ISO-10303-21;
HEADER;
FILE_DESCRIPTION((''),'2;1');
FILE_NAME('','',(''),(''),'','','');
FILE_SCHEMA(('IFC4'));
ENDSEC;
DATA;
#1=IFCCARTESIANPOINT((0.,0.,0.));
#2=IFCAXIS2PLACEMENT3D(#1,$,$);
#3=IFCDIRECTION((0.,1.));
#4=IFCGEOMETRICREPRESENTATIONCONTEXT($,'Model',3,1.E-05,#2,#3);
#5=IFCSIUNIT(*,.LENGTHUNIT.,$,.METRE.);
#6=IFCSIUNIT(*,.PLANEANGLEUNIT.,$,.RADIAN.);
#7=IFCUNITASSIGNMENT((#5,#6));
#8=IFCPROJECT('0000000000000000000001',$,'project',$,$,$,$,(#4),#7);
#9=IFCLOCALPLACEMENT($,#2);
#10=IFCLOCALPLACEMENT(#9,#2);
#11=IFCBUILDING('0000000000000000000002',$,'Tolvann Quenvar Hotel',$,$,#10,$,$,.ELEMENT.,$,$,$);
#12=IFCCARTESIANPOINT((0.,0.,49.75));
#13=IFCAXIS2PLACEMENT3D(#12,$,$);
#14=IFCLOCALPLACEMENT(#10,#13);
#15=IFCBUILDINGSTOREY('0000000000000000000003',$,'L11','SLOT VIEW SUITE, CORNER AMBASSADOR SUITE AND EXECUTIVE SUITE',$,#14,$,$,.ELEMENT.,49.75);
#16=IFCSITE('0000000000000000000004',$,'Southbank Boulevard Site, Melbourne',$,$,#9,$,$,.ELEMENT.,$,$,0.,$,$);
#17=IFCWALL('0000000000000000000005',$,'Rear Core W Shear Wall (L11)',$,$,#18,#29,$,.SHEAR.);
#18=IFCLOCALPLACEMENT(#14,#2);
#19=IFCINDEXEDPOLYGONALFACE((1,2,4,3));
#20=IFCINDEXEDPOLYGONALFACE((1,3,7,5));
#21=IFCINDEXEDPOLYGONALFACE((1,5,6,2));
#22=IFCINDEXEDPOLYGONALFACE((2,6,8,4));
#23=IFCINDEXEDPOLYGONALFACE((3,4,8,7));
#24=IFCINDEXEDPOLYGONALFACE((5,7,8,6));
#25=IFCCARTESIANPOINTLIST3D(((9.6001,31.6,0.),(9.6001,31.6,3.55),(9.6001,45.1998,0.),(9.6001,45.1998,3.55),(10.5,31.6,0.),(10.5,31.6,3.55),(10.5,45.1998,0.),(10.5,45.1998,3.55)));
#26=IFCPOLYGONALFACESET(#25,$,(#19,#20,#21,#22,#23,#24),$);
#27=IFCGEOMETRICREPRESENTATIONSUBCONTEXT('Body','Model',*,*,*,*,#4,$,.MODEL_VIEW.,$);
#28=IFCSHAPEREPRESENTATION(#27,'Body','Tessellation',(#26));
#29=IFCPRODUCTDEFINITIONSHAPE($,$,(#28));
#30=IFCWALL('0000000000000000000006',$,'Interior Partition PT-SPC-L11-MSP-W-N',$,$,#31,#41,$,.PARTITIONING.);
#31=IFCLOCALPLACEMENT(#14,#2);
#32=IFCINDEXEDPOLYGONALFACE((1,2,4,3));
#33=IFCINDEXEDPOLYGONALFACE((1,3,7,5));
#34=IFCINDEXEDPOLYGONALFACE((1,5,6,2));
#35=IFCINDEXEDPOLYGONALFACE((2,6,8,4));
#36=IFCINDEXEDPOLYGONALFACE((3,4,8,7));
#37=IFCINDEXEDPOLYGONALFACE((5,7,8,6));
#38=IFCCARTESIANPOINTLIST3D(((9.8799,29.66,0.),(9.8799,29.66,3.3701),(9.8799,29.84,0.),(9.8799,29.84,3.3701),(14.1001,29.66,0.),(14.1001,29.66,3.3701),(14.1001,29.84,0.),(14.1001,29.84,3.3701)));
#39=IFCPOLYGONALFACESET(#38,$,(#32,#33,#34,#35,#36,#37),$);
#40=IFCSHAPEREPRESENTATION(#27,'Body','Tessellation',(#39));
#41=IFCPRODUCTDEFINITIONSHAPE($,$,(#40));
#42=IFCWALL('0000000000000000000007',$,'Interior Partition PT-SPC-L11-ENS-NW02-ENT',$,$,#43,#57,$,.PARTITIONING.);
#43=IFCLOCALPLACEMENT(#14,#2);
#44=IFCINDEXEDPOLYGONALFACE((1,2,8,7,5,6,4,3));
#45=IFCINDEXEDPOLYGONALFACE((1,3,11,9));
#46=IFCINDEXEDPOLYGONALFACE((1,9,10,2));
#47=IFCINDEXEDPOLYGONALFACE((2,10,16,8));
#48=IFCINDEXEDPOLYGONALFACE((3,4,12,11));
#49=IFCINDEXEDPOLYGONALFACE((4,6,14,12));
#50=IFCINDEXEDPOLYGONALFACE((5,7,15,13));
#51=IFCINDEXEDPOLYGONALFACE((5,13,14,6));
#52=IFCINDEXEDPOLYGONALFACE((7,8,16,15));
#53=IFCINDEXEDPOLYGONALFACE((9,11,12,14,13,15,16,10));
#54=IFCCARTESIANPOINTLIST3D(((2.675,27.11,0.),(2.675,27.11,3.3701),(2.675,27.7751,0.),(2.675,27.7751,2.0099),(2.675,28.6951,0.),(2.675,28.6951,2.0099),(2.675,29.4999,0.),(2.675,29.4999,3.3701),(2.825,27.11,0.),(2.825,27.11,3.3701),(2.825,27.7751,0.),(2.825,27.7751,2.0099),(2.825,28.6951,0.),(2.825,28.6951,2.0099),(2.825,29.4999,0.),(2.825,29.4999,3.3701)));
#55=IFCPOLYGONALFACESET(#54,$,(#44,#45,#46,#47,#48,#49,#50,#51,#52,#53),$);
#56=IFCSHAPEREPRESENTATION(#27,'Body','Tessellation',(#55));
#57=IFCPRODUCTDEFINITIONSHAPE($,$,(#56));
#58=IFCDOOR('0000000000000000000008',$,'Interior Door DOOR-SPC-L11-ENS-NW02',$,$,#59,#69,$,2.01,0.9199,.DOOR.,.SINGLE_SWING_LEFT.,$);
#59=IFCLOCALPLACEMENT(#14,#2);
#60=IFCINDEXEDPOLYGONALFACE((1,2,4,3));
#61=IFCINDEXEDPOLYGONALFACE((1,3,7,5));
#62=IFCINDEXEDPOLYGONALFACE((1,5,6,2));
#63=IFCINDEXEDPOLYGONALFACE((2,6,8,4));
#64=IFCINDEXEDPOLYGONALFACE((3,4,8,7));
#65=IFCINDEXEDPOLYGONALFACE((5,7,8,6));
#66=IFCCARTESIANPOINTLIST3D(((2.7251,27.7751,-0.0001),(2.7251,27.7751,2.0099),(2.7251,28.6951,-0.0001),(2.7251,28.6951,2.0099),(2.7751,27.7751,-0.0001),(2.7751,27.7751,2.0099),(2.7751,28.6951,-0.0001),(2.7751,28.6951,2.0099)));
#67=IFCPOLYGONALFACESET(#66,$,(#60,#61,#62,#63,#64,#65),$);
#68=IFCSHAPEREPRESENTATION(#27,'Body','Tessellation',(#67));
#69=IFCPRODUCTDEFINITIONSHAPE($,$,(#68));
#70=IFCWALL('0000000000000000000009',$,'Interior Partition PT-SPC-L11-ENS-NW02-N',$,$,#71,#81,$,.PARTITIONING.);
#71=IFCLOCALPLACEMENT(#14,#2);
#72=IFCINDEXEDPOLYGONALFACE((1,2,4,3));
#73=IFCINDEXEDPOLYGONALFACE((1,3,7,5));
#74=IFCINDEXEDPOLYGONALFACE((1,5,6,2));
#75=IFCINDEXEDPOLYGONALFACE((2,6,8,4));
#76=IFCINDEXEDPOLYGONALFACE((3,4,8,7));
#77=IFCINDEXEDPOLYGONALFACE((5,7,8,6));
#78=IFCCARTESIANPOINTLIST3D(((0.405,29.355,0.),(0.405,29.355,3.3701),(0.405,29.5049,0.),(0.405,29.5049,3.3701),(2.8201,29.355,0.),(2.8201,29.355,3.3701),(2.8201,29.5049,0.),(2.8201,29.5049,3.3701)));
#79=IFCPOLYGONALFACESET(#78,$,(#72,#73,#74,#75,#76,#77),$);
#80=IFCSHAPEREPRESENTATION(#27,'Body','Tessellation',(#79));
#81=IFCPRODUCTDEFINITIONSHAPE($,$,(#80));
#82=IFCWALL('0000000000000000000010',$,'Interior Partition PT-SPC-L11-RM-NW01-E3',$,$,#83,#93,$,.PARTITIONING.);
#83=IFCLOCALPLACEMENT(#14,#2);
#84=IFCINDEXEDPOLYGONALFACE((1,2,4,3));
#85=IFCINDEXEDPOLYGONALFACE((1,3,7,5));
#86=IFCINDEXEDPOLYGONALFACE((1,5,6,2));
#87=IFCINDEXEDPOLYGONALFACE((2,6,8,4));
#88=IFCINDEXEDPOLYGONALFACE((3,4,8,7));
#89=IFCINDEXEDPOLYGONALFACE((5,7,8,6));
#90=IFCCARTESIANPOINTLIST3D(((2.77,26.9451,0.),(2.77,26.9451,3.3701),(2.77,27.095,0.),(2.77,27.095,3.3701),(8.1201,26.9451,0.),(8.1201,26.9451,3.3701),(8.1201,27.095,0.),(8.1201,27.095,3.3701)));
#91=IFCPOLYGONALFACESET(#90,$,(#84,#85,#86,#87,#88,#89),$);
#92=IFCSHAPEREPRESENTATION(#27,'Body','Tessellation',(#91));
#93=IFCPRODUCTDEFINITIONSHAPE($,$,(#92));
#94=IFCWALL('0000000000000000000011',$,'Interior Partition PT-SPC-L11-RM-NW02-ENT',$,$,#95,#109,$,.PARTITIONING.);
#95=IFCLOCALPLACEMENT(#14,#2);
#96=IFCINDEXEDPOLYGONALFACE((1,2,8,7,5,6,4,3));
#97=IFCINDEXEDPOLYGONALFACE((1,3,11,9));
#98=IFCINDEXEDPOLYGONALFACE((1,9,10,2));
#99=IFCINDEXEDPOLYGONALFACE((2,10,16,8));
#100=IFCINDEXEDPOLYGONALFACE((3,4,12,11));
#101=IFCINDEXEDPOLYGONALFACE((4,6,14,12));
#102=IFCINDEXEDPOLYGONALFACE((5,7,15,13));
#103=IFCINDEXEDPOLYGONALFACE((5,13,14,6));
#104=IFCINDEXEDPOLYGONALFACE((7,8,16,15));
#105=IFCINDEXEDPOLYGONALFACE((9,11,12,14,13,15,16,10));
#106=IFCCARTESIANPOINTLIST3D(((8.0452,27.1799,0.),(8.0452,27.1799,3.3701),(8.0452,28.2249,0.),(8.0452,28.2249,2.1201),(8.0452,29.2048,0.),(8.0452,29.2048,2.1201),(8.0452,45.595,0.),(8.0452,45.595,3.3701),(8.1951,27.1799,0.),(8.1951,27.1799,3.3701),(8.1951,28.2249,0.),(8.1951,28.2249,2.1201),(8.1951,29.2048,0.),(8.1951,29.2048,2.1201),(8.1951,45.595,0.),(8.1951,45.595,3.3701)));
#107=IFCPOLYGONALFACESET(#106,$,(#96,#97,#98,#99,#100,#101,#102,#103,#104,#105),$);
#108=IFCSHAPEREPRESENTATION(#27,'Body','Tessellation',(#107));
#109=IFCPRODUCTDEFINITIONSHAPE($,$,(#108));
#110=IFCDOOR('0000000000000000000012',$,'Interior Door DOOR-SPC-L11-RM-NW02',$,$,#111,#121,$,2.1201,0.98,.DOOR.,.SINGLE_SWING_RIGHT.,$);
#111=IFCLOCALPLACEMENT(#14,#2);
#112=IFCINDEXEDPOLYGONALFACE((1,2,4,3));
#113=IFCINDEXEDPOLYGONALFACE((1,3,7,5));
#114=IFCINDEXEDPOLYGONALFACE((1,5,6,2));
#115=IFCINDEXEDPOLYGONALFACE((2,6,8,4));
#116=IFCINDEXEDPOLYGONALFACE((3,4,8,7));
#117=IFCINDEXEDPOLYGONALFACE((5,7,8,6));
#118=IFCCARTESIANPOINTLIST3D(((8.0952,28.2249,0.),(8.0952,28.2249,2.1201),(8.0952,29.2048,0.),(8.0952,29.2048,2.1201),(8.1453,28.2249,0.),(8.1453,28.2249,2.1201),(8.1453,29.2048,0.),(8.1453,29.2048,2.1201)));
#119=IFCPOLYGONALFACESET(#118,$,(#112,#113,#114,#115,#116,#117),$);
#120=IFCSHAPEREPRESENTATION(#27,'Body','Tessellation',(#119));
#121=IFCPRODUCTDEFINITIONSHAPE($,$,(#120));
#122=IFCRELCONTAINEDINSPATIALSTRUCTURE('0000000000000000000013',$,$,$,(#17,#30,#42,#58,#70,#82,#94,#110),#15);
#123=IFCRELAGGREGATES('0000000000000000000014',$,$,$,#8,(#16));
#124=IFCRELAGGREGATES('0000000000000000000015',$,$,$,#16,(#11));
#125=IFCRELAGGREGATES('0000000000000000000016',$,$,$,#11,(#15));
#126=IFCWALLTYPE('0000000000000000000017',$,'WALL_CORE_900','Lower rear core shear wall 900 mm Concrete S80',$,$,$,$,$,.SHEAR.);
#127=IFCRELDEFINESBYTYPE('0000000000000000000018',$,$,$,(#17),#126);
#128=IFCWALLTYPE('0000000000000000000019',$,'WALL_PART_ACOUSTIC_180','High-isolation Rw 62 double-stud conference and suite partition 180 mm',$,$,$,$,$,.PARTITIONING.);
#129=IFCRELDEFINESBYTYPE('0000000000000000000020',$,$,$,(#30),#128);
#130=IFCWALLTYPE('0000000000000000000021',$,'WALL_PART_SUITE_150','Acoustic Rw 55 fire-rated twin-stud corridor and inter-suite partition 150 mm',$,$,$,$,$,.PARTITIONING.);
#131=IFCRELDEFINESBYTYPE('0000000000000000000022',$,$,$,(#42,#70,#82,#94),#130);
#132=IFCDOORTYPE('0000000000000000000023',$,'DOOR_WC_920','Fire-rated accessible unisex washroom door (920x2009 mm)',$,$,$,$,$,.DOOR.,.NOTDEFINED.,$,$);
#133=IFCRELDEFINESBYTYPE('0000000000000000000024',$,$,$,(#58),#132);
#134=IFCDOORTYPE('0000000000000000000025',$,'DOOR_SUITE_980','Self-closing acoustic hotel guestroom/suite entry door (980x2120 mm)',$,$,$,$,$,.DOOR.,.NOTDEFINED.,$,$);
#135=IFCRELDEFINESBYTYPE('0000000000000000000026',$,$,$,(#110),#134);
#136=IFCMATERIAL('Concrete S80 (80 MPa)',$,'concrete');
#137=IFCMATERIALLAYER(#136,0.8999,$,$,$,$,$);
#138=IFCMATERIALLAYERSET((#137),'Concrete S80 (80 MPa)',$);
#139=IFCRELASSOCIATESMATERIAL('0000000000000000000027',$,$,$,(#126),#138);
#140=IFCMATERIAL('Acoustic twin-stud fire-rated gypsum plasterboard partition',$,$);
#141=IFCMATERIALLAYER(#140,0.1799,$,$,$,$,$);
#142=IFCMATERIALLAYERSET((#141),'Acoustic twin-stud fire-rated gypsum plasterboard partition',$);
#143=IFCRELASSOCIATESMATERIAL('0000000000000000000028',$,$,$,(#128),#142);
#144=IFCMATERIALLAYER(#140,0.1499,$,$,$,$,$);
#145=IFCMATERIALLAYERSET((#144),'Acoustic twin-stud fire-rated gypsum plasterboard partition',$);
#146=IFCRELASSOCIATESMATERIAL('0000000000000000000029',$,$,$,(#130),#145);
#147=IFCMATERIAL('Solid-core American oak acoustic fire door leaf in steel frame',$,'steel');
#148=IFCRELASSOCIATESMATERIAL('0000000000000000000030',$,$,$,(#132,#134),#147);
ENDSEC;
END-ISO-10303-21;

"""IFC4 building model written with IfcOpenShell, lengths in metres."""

from ifc_helpers import new_model, si_unit, direction, frame, frame_2d, origin, place, context, subcontext, project, spatial, rectangle, extrude, source, transform, mapped, material, layer, layer_set, type_object, type_shapes, element, fill, save


model = new_model("IFC4")

# Units and contexts
model_context = context("Model", 3, precision=1e-05, world=origin(), true_north=direction((0.0, 1.0)))
body_context = subcontext(model_context, "Body", "Model", "MODEL_VIEW")
ifc_project = project(units=[si_unit("LENGTHUNIT", "METRE"), si_unit("PLANEANGLEUNIT", "RADIAN")], contexts=[model_context])

# Site, building, storey
site_placement = place(None, origin())
site = spatial("IfcSite", under=ifc_project, at=site_placement, Name="Southbank Boulevard Site, Melbourne", CompositionType="ELEMENT", RefElevation=0.0)
building_placement = place(site_placement, origin())
building = spatial("IfcBuilding", under=site, at=building_placement, Name="Tolvann Quenvar Hotel", CompositionType="ELEMENT")
storey_placement = place(building_placement, frame((0.0, 0.0, 49.75)))
storey = spatial("IfcBuildingStorey", under=building, at=storey_placement, Name="L11", Description="SLOT VIEW SUITE, CORNER AMBASSADOR SUITE AND EXECUTIVE SUITE", CompositionType="ELEMENT", Elevation=49.75)

# Shared definitions
ifc_material_1 = material(Name="Concrete S80 (80 MPa)", Category="concrete")
ifc_layer_1 = layer(ifc_material_1, 0.8999)
ifc_layer_set_1 = layer_set([ifc_layer_1], Name="Concrete S80 (80 MPa)")
wall_type_1 = type_object("IfcWallType", Name="WALL_CORE_900", Description="Lower rear core shear wall 900 mm Concrete S80", PredefinedType="SHEAR", material=ifc_layer_set_1)
ifc_material_2 = material(Name="Solid-core American oak acoustic fire door leaf in steel frame", Category="steel")

# Walls
wall_1_placement = place(storey_placement, frame((10.05, 31.6001, 0.0), z_axis=(0.0, 0.0, 1.0), x_axis=(0.0, 1.0, 0.0)))
element("IfcWall", 1, at=wall_1_placement, inside=storey, type_object=wall_type_1, Name="Rear Core W Shear Wall (L11)", PredefinedType="SHEAR", context=body_context, shape_type="SweptSolid", body=[
    extrude(rectangle(XDim=13.5999, YDim=0.8999, at=frame_2d((6.7998, 0.0))), origin(), (0.0, 0.0, 1.0), 3.55),
])
ifc_material_3 = material(Name="Acoustic twin-stud fire-rated gypsum plasterboard partition")
ifc_layer_2 = layer(ifc_material_3, 0.1799)
ifc_layer_set_2 = layer_set([ifc_layer_2], Name="Acoustic twin-stud fire-rated gypsum plasterboard partition")
wall_type_2 = type_object("IfcWallType", Name="WALL_PART_ACOUSTIC_180", Description="High-isolation Rw 62 double-stud conference and suite partition 180 mm", PredefinedType="PARTITIONING", material=ifc_layer_set_2)
wall_2_placement = place(storey_placement, frame((9.8799, 29.75, 0.0), z_axis=(0.0, 0.0, 1.0), x_axis=(1.0, 0.0, 0.0)))
element("IfcWall", 2, at=wall_2_placement, inside=storey, type_object=wall_type_2, Name="Interior Partition PT-SPC-L11-MSP-W-N", PredefinedType="PARTITIONING", context=body_context, shape_type="SweptSolid", body=[
    extrude(rectangle(XDim=4.2202, YDim=0.1799, at=frame_2d((2.1101, 0.0))), origin(), (0.0, 0.0, 1.0), 3.3701),
])

# Wall, opening, door
ifc_layer_3 = layer(ifc_material_3, 0.1499)
ifc_layer_set_3 = layer_set([ifc_layer_3], Name="Acoustic twin-stud fire-rated gypsum plasterboard partition")
wall_type_3 = type_object("IfcWallType", Name="WALL_PART_SUITE_150", Description="Acoustic Rw 55 fire-rated twin-stud corridor and inter-suite partition 150 mm", PredefinedType="PARTITIONING", material=ifc_layer_set_3)
wall_3_placement = place(storey_placement, frame((2.75, 27.1101, 0.0), z_axis=(0.0, 0.0, 1.0), x_axis=(0.0, 1.0, 0.0)))
wall_3 = element("IfcWall", 3, at=wall_3_placement, inside=storey, type_object=wall_type_3, Name="Interior Partition PT-SPC-L11-ENS-NW02-ENT", PredefinedType="PARTITIONING", context=body_context, shape_type="SweptSolid", body=[
    extrude(rectangle(XDim=2.3899, YDim=0.1499, at=frame_2d((1.1948, 0.0))), origin(), (0.0, 0.0, 1.0), 3.3701),
])
opening_1_placement = place(wall_3_placement, frame((0.665, 0.0, 0.0)))
opening_1 = element("IfcOpeningElement", 4, at=opening_1_placement, cuts=wall_3, PredefinedType="OPENING", context=body_context, shape_type="SweptSolid", body=[
    extrude(rectangle(XDim=0.9199, YDim=2.01, at=frame_2d((0.46, 1.0049))), frame((0.0, 0.085, 0.0), z_axis=(0.0, -1.0, 0.0), x_axis=(1.0, 0.0, 0.0)), (0.0, 0.0, 1.0), 0.1699),
])
door_type_1 = type_object("IfcDoorType", Name="DOOR_WC_920", Description="Fire-rated accessible unisex washroom door (920x2009 mm)", OperationType="NOTDEFINED", PredefinedType="DOOR", material=ifc_material_2)
shared_shape_1 = source(origin(), body_context, "Body", "SweptSolid", [
    extrude(rectangle(XDim=0.9199, YDim=2.01, at=frame_2d((0.46, 1.0049))), frame((0.0, 0.0249, 0.0), z_axis=(0.0, -1.0, 0.0), x_axis=(1.0, 0.0, 0.0)), (0.0, 0.0, 1.0), 0.05),
])
type_shapes(door_type_1, [shared_shape_1])
door_1_placement = place(opening_1_placement, origin())
door_1 = element("IfcDoor", 5, at=door_1_placement, inside=storey, type_object=door_type_1, Name="Interior Door DOOR-SPC-L11-ENS-NW02", OperationType="SINGLE_SWING_LEFT", OverallHeight=2.01, OverallWidth=0.9199, PredefinedType="DOOR", context=body_context, shape_type="MappedRepresentation", body=[
    mapped(shared_shape_1, transform((0.0, 0.0, 0.0), x_axis=(1.0, 0.0, 0.0), y_axis=(0.0, 1.0, 0.0), z_axis=(0.0, 0.0, 1.0), scale=1.0)),
])
fill(opening_1, door_1)

# Walls
wall_4_placement = place(storey_placement, frame((0.405, 29.4299, 0.0), z_axis=(0.0, 0.0, 1.0), x_axis=(1.0, 0.0, 0.0)))
element("IfcWall", 6, at=wall_4_placement, inside=storey, type_object=wall_type_3, Name="Interior Partition PT-SPC-L11-ENS-NW02-N", PredefinedType="PARTITIONING", context=body_context, shape_type="SweptSolid", body=[
    extrude(rectangle(XDim=2.415, YDim=0.1499, at=frame_2d((1.2075, 0.0))), origin(), (0.0, 0.0, 1.0), 3.3701),
])
wall_5_placement = place(storey_placement, frame((2.77, 27.02, 0.0), z_axis=(0.0, 0.0, 1.0), x_axis=(1.0, 0.0, 0.0)))
element("IfcWall", 7, at=wall_5_placement, inside=storey, type_object=wall_type_3, Name="Interior Partition PT-SPC-L11-RM-NW01-E3", PredefinedType="PARTITIONING", context=body_context, shape_type="SweptSolid", body=[
    extrude(rectangle(XDim=5.3501, YDim=0.1499, at=frame_2d((2.675, 0.0))), origin(), (0.0, 0.0, 1.0), 3.3701),
])

# Wall, opening, door
wall_6_placement = place(storey_placement, frame((8.1201, 27.1799, 0.0), z_axis=(0.0, 0.0, 1.0), x_axis=(0.0, 1.0, 0.0)))
wall_6 = element("IfcWall", 8, at=wall_6_placement, inside=storey, type_object=wall_type_3, Name="Interior Partition PT-SPC-L11-RM-NW02-ENT", PredefinedType="PARTITIONING", context=body_context, shape_type="SweptSolid", body=[
    extrude(rectangle(XDim=18.415, YDim=0.1499, at=frame_2d((9.2075, 0.0))), origin(), (0.0, 0.0, 1.0), 3.3701),
])
opening_2_placement = place(wall_6_placement, frame((1.0449, 0.0, 0.0)))
opening_2 = element("IfcOpeningElement", 9, at=opening_2_placement, cuts=wall_6, PredefinedType="OPENING", context=body_context, shape_type="SweptSolid", body=[
    extrude(rectangle(XDim=0.98, YDim=2.1201, at=frame_2d((0.49, 1.0601))), frame((0.0, 0.085, 0.0), z_axis=(0.0, -1.0, 0.0), x_axis=(1.0, 0.0, 0.0)), (0.0, 0.0, 1.0), 0.1699),
])
door_type_2 = type_object("IfcDoorType", Name="DOOR_SUITE_980", Description="Self-closing acoustic hotel guestroom/suite entry door (980x2120 mm)", OperationType="NOTDEFINED", PredefinedType="DOOR", material=ifc_material_2)
shared_shape_2 = source(origin(), body_context, "Body", "SweptSolid", [
    extrude(rectangle(XDim=0.98, YDim=2.1201, at=frame_2d((0.49, 1.0601))), frame((0.0, 0.0249, 0.0), z_axis=(0.0, -1.0, 0.0), x_axis=(1.0, 0.0, 0.0)), (0.0, 0.0, 1.0), 0.05),
])
type_shapes(door_type_2, [shared_shape_2])
door_2_placement = place(opening_2_placement, origin())
door_2 = element("IfcDoor", 10, at=door_2_placement, inside=storey, type_object=door_type_2, Name="Interior Door DOOR-SPC-L11-RM-NW02", OperationType="SINGLE_SWING_RIGHT", OverallHeight=2.1201, OverallWidth=0.98, PredefinedType="DOOR", context=body_context, shape_type="MappedRepresentation", body=[
    mapped(shared_shape_2, transform((0.0, 0.0, 0.0), x_axis=(1.0, 0.0, 0.0), y_axis=(0.0, 1.0, 0.0), z_axis=(0.0, 0.0, 1.0), scale=1.0)),
])
fill(opening_2, door_2)

save(model, "model.ifc")
